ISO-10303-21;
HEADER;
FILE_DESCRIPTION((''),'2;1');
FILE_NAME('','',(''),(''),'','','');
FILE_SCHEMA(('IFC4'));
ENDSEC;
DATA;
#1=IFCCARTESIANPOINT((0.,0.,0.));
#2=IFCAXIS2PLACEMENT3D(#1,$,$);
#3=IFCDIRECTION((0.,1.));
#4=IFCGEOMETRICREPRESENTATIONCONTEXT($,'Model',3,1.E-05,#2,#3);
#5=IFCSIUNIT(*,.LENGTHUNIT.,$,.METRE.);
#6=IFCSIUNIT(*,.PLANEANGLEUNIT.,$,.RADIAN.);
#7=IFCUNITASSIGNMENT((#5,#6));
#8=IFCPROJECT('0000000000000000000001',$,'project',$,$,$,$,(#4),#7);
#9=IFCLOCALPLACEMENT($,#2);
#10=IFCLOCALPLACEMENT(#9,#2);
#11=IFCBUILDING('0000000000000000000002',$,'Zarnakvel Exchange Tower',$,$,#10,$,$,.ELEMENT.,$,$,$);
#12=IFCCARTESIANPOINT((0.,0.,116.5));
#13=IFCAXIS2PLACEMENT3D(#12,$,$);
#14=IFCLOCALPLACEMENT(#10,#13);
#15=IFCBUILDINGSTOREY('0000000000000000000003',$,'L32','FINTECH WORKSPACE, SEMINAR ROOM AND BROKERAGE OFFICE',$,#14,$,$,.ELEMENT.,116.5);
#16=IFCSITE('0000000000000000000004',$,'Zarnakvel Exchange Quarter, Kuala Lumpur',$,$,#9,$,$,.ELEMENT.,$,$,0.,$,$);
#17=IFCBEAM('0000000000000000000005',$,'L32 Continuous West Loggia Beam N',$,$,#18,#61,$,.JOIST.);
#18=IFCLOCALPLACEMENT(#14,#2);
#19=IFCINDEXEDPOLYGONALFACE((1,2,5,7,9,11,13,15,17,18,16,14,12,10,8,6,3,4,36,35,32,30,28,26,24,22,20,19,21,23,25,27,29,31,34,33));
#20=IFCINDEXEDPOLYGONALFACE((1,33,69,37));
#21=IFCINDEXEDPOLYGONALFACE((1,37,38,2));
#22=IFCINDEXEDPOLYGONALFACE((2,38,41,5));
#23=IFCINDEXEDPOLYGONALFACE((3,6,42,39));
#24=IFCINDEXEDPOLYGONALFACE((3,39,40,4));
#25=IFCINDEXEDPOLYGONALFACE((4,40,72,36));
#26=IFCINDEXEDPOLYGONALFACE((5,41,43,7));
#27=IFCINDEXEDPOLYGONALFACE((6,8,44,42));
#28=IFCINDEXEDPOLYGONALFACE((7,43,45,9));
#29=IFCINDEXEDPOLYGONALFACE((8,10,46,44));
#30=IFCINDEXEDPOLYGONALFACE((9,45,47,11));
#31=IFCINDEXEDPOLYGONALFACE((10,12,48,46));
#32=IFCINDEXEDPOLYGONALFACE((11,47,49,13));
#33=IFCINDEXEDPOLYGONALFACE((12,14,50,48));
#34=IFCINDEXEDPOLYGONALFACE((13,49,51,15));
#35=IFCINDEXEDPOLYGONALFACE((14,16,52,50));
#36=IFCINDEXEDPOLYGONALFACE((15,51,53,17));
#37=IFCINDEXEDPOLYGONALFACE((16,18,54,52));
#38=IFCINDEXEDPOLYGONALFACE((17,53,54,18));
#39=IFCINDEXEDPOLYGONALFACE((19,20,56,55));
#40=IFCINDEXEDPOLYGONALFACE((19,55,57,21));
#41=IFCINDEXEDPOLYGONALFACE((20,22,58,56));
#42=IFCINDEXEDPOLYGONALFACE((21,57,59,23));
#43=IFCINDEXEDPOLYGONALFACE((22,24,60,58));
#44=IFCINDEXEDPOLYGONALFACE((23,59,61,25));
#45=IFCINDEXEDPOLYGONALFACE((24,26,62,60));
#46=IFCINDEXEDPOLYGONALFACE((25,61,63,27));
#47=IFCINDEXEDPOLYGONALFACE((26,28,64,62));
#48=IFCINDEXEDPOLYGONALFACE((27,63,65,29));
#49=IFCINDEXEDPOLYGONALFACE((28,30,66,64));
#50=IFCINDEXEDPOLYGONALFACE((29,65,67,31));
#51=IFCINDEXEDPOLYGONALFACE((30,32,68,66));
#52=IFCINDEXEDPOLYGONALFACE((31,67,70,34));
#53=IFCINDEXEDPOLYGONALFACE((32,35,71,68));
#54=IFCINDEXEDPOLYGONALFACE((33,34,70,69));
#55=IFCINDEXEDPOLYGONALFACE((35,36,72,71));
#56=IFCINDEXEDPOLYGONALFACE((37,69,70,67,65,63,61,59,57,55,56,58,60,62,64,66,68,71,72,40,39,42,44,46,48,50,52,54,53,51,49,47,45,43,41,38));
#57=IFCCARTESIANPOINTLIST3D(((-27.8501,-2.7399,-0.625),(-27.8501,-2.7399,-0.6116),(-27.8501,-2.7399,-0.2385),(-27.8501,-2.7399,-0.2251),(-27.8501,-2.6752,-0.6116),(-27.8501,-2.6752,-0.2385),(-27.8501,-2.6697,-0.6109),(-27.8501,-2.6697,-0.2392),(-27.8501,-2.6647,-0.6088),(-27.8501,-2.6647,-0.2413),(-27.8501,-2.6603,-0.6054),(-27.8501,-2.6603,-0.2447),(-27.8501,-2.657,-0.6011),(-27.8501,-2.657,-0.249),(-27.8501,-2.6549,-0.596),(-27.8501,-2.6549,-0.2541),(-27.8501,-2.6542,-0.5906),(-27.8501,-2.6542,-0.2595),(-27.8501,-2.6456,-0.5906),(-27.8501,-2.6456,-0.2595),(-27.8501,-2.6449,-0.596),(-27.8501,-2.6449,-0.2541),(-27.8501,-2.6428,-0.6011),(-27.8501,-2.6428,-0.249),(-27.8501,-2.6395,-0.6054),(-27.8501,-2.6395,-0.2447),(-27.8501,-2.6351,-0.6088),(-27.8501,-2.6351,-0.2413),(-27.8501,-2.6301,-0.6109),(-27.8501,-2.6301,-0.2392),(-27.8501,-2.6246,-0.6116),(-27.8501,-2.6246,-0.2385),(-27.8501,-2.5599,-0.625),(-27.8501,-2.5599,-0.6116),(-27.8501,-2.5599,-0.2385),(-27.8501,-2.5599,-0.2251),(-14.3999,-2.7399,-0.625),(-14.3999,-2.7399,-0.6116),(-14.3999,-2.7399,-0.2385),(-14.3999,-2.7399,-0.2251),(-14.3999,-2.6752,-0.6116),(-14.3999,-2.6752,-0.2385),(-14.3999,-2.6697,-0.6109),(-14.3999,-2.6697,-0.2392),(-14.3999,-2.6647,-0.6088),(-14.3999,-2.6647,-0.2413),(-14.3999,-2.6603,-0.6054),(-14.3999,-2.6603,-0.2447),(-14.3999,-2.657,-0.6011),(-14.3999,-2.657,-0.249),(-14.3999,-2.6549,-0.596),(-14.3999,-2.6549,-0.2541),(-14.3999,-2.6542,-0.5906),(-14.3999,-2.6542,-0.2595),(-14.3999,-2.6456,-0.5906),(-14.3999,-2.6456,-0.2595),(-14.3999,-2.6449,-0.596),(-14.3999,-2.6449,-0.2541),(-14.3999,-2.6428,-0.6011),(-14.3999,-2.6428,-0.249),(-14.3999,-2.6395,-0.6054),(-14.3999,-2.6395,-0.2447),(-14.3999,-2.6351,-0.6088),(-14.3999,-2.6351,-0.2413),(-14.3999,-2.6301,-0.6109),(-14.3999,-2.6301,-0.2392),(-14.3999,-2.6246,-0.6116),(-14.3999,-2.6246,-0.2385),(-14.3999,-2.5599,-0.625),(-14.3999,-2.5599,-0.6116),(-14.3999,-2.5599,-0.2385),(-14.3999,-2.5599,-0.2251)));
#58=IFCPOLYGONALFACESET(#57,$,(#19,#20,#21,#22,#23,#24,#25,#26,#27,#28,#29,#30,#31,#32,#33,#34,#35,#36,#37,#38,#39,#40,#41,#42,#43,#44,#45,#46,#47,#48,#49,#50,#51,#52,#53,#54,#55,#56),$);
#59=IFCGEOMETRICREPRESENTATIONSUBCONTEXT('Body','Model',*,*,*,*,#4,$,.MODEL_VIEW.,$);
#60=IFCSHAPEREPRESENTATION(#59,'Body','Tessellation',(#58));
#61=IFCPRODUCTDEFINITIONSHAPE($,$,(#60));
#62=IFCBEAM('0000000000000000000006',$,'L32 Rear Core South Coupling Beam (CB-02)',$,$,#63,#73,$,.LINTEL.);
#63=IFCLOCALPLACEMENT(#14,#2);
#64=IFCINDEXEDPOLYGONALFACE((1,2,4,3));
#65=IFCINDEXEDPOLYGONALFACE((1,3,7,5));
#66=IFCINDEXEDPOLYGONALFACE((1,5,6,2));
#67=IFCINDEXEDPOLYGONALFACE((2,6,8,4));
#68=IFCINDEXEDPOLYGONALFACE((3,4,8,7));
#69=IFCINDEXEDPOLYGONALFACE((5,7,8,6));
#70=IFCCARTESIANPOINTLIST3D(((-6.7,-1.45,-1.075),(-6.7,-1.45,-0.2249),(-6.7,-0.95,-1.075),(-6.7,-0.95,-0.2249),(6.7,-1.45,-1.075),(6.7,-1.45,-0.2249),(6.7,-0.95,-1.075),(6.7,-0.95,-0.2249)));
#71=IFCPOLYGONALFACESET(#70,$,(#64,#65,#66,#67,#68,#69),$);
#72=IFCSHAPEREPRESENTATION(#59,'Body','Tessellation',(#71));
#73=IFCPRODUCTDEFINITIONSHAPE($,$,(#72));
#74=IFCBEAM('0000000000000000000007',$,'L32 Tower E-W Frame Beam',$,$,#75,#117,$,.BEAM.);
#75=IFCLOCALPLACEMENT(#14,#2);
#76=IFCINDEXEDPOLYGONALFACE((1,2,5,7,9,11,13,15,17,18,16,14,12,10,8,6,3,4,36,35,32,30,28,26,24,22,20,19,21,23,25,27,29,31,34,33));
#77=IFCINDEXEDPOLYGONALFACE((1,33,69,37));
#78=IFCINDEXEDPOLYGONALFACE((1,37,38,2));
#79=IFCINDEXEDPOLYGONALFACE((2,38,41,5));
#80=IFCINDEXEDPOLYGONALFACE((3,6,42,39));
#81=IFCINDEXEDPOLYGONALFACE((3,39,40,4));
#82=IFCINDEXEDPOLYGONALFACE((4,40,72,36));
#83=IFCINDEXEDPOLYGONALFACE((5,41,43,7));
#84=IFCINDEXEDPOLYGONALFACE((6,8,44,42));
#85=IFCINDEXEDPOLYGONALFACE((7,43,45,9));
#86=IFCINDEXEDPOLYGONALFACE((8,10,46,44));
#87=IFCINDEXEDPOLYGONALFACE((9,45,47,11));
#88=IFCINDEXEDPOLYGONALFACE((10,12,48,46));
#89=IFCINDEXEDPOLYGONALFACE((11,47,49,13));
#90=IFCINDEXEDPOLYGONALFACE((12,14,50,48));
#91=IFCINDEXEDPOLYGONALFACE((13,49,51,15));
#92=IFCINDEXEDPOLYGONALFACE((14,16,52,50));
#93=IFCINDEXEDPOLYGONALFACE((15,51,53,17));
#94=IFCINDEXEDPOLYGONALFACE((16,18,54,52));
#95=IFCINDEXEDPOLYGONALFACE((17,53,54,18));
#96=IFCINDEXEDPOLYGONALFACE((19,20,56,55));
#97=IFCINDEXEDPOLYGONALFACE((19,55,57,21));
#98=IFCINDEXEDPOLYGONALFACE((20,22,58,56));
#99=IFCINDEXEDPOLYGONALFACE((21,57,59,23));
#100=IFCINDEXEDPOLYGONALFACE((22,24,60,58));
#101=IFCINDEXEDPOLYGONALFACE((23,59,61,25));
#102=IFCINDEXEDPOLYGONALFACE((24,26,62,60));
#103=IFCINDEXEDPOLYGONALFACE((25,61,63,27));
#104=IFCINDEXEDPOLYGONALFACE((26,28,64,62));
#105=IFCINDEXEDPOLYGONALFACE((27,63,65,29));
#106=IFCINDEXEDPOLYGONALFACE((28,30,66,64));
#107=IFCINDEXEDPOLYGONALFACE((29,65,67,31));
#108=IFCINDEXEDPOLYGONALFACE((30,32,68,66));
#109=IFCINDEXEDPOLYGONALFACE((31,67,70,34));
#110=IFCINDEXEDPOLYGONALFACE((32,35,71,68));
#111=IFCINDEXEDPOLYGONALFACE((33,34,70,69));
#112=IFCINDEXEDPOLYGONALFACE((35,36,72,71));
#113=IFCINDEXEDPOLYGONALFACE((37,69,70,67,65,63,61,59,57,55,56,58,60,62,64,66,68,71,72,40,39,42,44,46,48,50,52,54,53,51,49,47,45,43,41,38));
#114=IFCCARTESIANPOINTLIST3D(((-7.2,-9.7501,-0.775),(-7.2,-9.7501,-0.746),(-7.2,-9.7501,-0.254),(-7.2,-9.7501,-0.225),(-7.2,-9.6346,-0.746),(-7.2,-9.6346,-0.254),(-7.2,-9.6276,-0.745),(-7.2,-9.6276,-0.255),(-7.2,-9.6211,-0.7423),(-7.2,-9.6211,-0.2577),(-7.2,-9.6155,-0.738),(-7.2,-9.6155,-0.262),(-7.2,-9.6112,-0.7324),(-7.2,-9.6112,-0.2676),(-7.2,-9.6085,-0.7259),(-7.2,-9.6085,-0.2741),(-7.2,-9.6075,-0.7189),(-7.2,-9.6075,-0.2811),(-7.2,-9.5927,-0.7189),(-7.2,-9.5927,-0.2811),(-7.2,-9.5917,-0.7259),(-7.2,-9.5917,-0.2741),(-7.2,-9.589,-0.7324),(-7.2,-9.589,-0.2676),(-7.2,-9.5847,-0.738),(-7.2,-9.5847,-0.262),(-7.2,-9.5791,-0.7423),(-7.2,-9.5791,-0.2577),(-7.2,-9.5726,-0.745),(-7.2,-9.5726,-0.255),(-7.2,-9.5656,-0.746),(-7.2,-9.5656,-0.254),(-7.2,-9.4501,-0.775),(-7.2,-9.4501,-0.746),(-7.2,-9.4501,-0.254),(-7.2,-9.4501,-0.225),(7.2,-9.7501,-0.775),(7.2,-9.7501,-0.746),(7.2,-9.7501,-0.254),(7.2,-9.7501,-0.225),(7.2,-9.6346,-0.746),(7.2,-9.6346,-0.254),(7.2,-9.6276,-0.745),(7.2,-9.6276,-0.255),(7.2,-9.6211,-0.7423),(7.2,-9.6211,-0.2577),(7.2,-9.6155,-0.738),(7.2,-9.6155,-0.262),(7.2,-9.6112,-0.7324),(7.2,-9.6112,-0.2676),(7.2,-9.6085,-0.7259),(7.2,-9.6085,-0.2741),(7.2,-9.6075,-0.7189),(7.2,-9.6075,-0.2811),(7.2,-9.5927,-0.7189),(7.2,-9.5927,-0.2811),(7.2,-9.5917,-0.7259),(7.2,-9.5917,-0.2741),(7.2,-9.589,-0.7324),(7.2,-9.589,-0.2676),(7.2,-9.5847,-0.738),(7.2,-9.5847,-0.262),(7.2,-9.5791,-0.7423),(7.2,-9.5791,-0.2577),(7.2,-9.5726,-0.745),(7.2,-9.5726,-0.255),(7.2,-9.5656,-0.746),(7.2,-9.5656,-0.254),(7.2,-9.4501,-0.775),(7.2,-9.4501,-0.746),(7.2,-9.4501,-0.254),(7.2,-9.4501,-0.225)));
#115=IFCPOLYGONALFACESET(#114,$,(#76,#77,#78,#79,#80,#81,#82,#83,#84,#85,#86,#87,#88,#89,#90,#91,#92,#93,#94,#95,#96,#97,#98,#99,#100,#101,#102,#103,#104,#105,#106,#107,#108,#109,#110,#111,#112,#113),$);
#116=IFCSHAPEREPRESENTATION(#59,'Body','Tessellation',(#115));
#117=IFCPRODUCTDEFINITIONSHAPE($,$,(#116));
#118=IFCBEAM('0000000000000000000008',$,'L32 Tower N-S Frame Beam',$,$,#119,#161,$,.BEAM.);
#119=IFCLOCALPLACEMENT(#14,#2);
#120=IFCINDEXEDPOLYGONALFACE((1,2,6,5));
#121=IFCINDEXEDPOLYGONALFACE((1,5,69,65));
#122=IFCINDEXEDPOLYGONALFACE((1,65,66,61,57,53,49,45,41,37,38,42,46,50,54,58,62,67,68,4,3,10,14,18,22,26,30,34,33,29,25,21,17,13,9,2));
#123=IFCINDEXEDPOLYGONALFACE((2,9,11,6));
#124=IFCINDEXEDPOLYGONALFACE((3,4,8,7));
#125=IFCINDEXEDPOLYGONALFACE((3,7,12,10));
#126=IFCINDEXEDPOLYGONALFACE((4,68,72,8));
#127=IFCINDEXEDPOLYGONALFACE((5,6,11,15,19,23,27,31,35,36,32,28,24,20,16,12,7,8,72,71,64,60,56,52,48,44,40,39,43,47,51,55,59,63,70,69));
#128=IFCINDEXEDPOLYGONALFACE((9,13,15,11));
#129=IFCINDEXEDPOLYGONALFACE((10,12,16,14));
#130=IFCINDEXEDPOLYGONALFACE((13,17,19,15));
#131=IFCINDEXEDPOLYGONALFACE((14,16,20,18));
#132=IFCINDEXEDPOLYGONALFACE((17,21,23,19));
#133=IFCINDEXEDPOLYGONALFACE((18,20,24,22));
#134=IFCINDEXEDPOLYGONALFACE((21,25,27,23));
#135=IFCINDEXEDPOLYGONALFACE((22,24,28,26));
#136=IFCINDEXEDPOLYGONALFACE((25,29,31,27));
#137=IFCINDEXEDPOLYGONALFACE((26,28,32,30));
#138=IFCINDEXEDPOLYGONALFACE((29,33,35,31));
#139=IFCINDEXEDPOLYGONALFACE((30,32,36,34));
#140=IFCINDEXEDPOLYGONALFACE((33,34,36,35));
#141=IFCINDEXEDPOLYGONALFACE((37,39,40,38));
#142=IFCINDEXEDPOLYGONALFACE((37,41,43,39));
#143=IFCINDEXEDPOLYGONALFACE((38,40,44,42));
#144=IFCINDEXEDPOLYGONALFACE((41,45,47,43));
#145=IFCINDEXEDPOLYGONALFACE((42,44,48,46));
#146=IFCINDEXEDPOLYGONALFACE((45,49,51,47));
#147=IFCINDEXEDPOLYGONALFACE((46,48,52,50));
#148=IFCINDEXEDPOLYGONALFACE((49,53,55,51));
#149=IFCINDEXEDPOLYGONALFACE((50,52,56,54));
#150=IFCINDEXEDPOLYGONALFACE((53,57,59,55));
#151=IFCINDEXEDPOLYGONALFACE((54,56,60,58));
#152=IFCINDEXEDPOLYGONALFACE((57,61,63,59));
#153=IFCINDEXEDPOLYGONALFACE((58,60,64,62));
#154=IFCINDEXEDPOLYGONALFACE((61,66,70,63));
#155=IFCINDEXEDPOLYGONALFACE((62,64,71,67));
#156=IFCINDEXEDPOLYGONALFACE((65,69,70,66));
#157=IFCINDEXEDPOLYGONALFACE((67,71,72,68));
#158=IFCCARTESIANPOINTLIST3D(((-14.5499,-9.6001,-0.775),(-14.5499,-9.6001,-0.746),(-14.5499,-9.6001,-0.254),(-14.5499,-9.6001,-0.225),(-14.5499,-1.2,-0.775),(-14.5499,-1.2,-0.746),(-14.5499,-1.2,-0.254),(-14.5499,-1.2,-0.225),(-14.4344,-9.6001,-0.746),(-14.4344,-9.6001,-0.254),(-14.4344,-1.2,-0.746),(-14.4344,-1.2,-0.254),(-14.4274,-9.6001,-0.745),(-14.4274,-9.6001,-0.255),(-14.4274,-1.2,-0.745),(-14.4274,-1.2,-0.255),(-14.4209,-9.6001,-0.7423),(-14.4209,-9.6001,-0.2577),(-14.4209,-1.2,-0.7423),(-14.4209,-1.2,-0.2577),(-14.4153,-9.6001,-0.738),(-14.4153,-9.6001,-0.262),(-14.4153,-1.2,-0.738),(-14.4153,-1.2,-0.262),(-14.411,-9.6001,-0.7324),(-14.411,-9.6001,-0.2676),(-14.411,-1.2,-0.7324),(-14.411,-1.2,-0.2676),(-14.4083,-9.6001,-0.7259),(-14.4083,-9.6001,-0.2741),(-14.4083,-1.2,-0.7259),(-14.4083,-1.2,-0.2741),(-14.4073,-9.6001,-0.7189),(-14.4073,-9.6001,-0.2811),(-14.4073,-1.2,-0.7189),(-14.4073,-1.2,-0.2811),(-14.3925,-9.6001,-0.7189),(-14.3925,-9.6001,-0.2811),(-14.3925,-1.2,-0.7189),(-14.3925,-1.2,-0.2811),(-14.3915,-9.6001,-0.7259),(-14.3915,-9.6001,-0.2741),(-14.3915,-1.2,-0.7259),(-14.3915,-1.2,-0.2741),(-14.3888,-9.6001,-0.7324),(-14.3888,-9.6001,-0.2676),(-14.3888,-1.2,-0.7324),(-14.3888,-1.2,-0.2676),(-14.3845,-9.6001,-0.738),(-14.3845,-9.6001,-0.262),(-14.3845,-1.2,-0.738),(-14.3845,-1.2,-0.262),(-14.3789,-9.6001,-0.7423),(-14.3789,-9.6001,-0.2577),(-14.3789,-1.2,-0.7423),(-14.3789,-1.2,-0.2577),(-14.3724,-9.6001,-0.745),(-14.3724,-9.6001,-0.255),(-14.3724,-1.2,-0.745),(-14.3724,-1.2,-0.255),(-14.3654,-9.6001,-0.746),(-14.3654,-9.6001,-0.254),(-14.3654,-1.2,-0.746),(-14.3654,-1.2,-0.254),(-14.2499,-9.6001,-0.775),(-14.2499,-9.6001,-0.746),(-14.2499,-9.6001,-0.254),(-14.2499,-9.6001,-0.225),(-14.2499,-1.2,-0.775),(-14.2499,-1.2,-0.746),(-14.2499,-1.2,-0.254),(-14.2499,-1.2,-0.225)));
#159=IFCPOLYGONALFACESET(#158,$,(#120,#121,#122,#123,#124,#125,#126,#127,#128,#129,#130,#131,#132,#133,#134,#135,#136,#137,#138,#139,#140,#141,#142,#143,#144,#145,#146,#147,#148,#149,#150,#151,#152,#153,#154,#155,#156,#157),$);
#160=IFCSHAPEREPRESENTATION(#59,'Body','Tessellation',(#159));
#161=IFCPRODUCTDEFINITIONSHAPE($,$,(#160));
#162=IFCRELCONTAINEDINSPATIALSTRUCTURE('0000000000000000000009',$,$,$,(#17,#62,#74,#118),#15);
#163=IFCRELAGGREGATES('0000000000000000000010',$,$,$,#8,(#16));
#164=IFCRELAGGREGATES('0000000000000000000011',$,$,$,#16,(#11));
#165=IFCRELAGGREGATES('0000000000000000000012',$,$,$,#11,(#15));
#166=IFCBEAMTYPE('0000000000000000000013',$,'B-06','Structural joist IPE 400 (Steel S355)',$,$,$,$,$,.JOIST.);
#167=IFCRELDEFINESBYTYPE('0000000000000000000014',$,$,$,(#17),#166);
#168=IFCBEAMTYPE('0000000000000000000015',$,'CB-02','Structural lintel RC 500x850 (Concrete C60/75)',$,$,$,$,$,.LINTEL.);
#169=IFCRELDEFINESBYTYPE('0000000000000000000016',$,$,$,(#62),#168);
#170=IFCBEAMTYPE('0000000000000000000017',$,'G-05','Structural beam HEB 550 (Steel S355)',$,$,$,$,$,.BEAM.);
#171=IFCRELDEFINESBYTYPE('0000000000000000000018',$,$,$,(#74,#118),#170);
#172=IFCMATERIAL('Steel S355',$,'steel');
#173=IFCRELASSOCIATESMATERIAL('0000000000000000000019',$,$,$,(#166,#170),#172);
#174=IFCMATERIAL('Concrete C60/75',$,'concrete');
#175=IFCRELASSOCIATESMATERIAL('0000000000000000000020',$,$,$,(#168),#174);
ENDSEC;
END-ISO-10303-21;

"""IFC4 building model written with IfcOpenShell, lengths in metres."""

from ifc_helpers import new_model, si_unit, direction, frame, origin, origin_2d, place, context, subcontext, project, spatial, rectangle, i_section, extrude, material, material_profile, profile_set, type_object, element, save


model = new_model("IFC4")

# Units and contexts
model_context = context("Model", 3, precision=1e-05, world=origin(), true_north=direction((0.0, 1.0)))
body_context = subcontext(model_context, "Body", "Model", "MODEL_VIEW")
ifc_project = project(units=[si_unit("LENGTHUNIT", "METRE"), si_unit("PLANEANGLEUNIT", "RADIAN")], contexts=[model_context])

# Site, building, storey
site_placement = place(None, origin())
site = spatial("IfcSite", under=ifc_project, at=site_placement, Name="Zarnakvel Exchange Quarter, Kuala Lumpur", CompositionType="ELEMENT", RefElevation=0.0)
building_placement = place(site_placement, origin())
building = spatial("IfcBuilding", under=site, at=building_placement, Name="Zarnakvel Exchange Tower", CompositionType="ELEMENT")
storey_placement = place(building_placement, frame((0.0, 0.0, 116.5)))
storey = spatial("IfcBuildingStorey", under=building, at=storey_placement, Name="L32", Description="FINTECH WORKSPACE, SEMINAR ROOM AND BROKERAGE OFFICE", CompositionType="ELEMENT", Elevation=116.5)

# Shared definitions
ifc_material_1 = material(Name="Concrete C60/75", Category="concrete")

# Beams
ifc_material_2 = material(Name="Steel S355", Category="steel")
ifc_material_profile_1 = material_profile(ifc_material_2, i_section(OverallWidth=0.1799, OverallDepth=0.3999, WebThickness=0.0085, FlangeThickness=0.0134, FilletRadius=0.021, at=origin_2d()))
ifc_profile_set_1 = profile_set([ifc_material_profile_1], Name="Steel S355")
beam_type_1 = type_object("IfcBeamType", Name="B-06", Description="Structural joist IPE 400 (Steel S355)", PredefinedType="JOIST", material=ifc_profile_set_1)
for number, where, z_axis, x_axis, name in (
    (1, (-14.3999, -2.6499, -0.425), (-1.0, 0.0, 0.0), (0.0, -1.0, 0.0), "L32 Continuous West Loggia Beam N"),
):
    element("IfcBeam", number, at=place(storey_placement, frame(where, z_axis=z_axis, x_axis=x_axis)), inside=storey, type_object=beam_type_1, Name=name, PredefinedType="JOIST", context=body_context, shape_type="SweptSolid", body=[
        extrude(i_section(OverallWidth=0.1799, OverallDepth=0.3999, WebThickness=0.0085, FlangeThickness=0.0134, FilletRadius=0.021, at=origin_2d()), origin(), (0.0, 0.0, 1.0), 13.4502),
    ])
ifc_material_profile_2 = material_profile(ifc_material_1, rectangle(XDim=0.5, YDim=0.8501, at=origin_2d()))
ifc_profile_set_2 = profile_set([ifc_material_profile_2], Name="Concrete C60/75")
beam_type_2 = type_object("IfcBeamType", Name="CB-02", Description="Structural lintel RC 500x850 (Concrete C60/75)", PredefinedType="LINTEL", material=ifc_profile_set_2)
beam_1_placement = place(storey_placement, frame((-6.7, -1.2, -0.6499), z_axis=(1.0, 0.0, 0.0), x_axis=(0.0, 1.0, 0.0)))
element("IfcBeam", 2, at=beam_1_placement, inside=storey, type_object=beam_type_2, Name="L32 Rear Core South Coupling Beam (CB-02)", PredefinedType="LINTEL", context=body_context, shape_type="SweptSolid", body=[
    extrude(rectangle(XDim=0.5, YDim=0.8501, at=origin_2d()), origin(), (0.0, 0.0, 1.0), 13.3999),
])
ifc_material_profile_3 = material_profile(ifc_material_2, i_section(OverallWidth=0.3, OverallDepth=0.55, WebThickness=0.0149, FlangeThickness=0.0291, FilletRadius=0.0271, at=origin_2d()))
ifc_profile_set_3 = profile_set([ifc_material_profile_3], Name="Steel S355")
beam_type_3 = type_object("IfcBeamType", Name="G-05", Description="Structural beam HEB 550 (Steel S355)", PredefinedType="BEAM", material=ifc_profile_set_3)
beam_2_placement = place(storey_placement, frame((-7.2, -9.6001, -0.5), z_axis=(1.0, 0.0, 0.0), x_axis=(0.0, 1.0, 0.0)))
element("IfcBeam", 3, at=beam_2_placement, inside=storey, type_object=beam_type_3, Name="L32 Tower E-W Frame Beam", PredefinedType="BEAM", context=body_context, shape_type="SweptSolid", body=[
    extrude(i_section(OverallWidth=0.3, OverallDepth=0.55, WebThickness=0.0149, FlangeThickness=0.0291, FilletRadius=0.0271, at=origin_2d()), origin(), (0.0, 0.0, 1.0), 14.3999),
])
for number, where, z_axis, x_axis, name in (
    (4, (-14.3999, -9.6001, -0.5), (0.0, 1.0, 0.0), (-1.0, 0.0, 0.0), "L32 Tower N-S Frame Beam"),
):
    element("IfcBeam", number, at=place(storey_placement, frame(where, z_axis=z_axis, x_axis=x_axis)), inside=storey, type_object=beam_type_3, Name=name, PredefinedType="BEAM", context=body_context, shape_type="SweptSolid", body=[
        extrude(i_section(OverallWidth=0.3, OverallDepth=0.55, WebThickness=0.0149, FlangeThickness=0.0291, FilletRadius=0.0271, at=origin_2d()), origin(), (0.0, 0.0, 1.0), 8.4001),
    ])

save(model, "model.ifc")
